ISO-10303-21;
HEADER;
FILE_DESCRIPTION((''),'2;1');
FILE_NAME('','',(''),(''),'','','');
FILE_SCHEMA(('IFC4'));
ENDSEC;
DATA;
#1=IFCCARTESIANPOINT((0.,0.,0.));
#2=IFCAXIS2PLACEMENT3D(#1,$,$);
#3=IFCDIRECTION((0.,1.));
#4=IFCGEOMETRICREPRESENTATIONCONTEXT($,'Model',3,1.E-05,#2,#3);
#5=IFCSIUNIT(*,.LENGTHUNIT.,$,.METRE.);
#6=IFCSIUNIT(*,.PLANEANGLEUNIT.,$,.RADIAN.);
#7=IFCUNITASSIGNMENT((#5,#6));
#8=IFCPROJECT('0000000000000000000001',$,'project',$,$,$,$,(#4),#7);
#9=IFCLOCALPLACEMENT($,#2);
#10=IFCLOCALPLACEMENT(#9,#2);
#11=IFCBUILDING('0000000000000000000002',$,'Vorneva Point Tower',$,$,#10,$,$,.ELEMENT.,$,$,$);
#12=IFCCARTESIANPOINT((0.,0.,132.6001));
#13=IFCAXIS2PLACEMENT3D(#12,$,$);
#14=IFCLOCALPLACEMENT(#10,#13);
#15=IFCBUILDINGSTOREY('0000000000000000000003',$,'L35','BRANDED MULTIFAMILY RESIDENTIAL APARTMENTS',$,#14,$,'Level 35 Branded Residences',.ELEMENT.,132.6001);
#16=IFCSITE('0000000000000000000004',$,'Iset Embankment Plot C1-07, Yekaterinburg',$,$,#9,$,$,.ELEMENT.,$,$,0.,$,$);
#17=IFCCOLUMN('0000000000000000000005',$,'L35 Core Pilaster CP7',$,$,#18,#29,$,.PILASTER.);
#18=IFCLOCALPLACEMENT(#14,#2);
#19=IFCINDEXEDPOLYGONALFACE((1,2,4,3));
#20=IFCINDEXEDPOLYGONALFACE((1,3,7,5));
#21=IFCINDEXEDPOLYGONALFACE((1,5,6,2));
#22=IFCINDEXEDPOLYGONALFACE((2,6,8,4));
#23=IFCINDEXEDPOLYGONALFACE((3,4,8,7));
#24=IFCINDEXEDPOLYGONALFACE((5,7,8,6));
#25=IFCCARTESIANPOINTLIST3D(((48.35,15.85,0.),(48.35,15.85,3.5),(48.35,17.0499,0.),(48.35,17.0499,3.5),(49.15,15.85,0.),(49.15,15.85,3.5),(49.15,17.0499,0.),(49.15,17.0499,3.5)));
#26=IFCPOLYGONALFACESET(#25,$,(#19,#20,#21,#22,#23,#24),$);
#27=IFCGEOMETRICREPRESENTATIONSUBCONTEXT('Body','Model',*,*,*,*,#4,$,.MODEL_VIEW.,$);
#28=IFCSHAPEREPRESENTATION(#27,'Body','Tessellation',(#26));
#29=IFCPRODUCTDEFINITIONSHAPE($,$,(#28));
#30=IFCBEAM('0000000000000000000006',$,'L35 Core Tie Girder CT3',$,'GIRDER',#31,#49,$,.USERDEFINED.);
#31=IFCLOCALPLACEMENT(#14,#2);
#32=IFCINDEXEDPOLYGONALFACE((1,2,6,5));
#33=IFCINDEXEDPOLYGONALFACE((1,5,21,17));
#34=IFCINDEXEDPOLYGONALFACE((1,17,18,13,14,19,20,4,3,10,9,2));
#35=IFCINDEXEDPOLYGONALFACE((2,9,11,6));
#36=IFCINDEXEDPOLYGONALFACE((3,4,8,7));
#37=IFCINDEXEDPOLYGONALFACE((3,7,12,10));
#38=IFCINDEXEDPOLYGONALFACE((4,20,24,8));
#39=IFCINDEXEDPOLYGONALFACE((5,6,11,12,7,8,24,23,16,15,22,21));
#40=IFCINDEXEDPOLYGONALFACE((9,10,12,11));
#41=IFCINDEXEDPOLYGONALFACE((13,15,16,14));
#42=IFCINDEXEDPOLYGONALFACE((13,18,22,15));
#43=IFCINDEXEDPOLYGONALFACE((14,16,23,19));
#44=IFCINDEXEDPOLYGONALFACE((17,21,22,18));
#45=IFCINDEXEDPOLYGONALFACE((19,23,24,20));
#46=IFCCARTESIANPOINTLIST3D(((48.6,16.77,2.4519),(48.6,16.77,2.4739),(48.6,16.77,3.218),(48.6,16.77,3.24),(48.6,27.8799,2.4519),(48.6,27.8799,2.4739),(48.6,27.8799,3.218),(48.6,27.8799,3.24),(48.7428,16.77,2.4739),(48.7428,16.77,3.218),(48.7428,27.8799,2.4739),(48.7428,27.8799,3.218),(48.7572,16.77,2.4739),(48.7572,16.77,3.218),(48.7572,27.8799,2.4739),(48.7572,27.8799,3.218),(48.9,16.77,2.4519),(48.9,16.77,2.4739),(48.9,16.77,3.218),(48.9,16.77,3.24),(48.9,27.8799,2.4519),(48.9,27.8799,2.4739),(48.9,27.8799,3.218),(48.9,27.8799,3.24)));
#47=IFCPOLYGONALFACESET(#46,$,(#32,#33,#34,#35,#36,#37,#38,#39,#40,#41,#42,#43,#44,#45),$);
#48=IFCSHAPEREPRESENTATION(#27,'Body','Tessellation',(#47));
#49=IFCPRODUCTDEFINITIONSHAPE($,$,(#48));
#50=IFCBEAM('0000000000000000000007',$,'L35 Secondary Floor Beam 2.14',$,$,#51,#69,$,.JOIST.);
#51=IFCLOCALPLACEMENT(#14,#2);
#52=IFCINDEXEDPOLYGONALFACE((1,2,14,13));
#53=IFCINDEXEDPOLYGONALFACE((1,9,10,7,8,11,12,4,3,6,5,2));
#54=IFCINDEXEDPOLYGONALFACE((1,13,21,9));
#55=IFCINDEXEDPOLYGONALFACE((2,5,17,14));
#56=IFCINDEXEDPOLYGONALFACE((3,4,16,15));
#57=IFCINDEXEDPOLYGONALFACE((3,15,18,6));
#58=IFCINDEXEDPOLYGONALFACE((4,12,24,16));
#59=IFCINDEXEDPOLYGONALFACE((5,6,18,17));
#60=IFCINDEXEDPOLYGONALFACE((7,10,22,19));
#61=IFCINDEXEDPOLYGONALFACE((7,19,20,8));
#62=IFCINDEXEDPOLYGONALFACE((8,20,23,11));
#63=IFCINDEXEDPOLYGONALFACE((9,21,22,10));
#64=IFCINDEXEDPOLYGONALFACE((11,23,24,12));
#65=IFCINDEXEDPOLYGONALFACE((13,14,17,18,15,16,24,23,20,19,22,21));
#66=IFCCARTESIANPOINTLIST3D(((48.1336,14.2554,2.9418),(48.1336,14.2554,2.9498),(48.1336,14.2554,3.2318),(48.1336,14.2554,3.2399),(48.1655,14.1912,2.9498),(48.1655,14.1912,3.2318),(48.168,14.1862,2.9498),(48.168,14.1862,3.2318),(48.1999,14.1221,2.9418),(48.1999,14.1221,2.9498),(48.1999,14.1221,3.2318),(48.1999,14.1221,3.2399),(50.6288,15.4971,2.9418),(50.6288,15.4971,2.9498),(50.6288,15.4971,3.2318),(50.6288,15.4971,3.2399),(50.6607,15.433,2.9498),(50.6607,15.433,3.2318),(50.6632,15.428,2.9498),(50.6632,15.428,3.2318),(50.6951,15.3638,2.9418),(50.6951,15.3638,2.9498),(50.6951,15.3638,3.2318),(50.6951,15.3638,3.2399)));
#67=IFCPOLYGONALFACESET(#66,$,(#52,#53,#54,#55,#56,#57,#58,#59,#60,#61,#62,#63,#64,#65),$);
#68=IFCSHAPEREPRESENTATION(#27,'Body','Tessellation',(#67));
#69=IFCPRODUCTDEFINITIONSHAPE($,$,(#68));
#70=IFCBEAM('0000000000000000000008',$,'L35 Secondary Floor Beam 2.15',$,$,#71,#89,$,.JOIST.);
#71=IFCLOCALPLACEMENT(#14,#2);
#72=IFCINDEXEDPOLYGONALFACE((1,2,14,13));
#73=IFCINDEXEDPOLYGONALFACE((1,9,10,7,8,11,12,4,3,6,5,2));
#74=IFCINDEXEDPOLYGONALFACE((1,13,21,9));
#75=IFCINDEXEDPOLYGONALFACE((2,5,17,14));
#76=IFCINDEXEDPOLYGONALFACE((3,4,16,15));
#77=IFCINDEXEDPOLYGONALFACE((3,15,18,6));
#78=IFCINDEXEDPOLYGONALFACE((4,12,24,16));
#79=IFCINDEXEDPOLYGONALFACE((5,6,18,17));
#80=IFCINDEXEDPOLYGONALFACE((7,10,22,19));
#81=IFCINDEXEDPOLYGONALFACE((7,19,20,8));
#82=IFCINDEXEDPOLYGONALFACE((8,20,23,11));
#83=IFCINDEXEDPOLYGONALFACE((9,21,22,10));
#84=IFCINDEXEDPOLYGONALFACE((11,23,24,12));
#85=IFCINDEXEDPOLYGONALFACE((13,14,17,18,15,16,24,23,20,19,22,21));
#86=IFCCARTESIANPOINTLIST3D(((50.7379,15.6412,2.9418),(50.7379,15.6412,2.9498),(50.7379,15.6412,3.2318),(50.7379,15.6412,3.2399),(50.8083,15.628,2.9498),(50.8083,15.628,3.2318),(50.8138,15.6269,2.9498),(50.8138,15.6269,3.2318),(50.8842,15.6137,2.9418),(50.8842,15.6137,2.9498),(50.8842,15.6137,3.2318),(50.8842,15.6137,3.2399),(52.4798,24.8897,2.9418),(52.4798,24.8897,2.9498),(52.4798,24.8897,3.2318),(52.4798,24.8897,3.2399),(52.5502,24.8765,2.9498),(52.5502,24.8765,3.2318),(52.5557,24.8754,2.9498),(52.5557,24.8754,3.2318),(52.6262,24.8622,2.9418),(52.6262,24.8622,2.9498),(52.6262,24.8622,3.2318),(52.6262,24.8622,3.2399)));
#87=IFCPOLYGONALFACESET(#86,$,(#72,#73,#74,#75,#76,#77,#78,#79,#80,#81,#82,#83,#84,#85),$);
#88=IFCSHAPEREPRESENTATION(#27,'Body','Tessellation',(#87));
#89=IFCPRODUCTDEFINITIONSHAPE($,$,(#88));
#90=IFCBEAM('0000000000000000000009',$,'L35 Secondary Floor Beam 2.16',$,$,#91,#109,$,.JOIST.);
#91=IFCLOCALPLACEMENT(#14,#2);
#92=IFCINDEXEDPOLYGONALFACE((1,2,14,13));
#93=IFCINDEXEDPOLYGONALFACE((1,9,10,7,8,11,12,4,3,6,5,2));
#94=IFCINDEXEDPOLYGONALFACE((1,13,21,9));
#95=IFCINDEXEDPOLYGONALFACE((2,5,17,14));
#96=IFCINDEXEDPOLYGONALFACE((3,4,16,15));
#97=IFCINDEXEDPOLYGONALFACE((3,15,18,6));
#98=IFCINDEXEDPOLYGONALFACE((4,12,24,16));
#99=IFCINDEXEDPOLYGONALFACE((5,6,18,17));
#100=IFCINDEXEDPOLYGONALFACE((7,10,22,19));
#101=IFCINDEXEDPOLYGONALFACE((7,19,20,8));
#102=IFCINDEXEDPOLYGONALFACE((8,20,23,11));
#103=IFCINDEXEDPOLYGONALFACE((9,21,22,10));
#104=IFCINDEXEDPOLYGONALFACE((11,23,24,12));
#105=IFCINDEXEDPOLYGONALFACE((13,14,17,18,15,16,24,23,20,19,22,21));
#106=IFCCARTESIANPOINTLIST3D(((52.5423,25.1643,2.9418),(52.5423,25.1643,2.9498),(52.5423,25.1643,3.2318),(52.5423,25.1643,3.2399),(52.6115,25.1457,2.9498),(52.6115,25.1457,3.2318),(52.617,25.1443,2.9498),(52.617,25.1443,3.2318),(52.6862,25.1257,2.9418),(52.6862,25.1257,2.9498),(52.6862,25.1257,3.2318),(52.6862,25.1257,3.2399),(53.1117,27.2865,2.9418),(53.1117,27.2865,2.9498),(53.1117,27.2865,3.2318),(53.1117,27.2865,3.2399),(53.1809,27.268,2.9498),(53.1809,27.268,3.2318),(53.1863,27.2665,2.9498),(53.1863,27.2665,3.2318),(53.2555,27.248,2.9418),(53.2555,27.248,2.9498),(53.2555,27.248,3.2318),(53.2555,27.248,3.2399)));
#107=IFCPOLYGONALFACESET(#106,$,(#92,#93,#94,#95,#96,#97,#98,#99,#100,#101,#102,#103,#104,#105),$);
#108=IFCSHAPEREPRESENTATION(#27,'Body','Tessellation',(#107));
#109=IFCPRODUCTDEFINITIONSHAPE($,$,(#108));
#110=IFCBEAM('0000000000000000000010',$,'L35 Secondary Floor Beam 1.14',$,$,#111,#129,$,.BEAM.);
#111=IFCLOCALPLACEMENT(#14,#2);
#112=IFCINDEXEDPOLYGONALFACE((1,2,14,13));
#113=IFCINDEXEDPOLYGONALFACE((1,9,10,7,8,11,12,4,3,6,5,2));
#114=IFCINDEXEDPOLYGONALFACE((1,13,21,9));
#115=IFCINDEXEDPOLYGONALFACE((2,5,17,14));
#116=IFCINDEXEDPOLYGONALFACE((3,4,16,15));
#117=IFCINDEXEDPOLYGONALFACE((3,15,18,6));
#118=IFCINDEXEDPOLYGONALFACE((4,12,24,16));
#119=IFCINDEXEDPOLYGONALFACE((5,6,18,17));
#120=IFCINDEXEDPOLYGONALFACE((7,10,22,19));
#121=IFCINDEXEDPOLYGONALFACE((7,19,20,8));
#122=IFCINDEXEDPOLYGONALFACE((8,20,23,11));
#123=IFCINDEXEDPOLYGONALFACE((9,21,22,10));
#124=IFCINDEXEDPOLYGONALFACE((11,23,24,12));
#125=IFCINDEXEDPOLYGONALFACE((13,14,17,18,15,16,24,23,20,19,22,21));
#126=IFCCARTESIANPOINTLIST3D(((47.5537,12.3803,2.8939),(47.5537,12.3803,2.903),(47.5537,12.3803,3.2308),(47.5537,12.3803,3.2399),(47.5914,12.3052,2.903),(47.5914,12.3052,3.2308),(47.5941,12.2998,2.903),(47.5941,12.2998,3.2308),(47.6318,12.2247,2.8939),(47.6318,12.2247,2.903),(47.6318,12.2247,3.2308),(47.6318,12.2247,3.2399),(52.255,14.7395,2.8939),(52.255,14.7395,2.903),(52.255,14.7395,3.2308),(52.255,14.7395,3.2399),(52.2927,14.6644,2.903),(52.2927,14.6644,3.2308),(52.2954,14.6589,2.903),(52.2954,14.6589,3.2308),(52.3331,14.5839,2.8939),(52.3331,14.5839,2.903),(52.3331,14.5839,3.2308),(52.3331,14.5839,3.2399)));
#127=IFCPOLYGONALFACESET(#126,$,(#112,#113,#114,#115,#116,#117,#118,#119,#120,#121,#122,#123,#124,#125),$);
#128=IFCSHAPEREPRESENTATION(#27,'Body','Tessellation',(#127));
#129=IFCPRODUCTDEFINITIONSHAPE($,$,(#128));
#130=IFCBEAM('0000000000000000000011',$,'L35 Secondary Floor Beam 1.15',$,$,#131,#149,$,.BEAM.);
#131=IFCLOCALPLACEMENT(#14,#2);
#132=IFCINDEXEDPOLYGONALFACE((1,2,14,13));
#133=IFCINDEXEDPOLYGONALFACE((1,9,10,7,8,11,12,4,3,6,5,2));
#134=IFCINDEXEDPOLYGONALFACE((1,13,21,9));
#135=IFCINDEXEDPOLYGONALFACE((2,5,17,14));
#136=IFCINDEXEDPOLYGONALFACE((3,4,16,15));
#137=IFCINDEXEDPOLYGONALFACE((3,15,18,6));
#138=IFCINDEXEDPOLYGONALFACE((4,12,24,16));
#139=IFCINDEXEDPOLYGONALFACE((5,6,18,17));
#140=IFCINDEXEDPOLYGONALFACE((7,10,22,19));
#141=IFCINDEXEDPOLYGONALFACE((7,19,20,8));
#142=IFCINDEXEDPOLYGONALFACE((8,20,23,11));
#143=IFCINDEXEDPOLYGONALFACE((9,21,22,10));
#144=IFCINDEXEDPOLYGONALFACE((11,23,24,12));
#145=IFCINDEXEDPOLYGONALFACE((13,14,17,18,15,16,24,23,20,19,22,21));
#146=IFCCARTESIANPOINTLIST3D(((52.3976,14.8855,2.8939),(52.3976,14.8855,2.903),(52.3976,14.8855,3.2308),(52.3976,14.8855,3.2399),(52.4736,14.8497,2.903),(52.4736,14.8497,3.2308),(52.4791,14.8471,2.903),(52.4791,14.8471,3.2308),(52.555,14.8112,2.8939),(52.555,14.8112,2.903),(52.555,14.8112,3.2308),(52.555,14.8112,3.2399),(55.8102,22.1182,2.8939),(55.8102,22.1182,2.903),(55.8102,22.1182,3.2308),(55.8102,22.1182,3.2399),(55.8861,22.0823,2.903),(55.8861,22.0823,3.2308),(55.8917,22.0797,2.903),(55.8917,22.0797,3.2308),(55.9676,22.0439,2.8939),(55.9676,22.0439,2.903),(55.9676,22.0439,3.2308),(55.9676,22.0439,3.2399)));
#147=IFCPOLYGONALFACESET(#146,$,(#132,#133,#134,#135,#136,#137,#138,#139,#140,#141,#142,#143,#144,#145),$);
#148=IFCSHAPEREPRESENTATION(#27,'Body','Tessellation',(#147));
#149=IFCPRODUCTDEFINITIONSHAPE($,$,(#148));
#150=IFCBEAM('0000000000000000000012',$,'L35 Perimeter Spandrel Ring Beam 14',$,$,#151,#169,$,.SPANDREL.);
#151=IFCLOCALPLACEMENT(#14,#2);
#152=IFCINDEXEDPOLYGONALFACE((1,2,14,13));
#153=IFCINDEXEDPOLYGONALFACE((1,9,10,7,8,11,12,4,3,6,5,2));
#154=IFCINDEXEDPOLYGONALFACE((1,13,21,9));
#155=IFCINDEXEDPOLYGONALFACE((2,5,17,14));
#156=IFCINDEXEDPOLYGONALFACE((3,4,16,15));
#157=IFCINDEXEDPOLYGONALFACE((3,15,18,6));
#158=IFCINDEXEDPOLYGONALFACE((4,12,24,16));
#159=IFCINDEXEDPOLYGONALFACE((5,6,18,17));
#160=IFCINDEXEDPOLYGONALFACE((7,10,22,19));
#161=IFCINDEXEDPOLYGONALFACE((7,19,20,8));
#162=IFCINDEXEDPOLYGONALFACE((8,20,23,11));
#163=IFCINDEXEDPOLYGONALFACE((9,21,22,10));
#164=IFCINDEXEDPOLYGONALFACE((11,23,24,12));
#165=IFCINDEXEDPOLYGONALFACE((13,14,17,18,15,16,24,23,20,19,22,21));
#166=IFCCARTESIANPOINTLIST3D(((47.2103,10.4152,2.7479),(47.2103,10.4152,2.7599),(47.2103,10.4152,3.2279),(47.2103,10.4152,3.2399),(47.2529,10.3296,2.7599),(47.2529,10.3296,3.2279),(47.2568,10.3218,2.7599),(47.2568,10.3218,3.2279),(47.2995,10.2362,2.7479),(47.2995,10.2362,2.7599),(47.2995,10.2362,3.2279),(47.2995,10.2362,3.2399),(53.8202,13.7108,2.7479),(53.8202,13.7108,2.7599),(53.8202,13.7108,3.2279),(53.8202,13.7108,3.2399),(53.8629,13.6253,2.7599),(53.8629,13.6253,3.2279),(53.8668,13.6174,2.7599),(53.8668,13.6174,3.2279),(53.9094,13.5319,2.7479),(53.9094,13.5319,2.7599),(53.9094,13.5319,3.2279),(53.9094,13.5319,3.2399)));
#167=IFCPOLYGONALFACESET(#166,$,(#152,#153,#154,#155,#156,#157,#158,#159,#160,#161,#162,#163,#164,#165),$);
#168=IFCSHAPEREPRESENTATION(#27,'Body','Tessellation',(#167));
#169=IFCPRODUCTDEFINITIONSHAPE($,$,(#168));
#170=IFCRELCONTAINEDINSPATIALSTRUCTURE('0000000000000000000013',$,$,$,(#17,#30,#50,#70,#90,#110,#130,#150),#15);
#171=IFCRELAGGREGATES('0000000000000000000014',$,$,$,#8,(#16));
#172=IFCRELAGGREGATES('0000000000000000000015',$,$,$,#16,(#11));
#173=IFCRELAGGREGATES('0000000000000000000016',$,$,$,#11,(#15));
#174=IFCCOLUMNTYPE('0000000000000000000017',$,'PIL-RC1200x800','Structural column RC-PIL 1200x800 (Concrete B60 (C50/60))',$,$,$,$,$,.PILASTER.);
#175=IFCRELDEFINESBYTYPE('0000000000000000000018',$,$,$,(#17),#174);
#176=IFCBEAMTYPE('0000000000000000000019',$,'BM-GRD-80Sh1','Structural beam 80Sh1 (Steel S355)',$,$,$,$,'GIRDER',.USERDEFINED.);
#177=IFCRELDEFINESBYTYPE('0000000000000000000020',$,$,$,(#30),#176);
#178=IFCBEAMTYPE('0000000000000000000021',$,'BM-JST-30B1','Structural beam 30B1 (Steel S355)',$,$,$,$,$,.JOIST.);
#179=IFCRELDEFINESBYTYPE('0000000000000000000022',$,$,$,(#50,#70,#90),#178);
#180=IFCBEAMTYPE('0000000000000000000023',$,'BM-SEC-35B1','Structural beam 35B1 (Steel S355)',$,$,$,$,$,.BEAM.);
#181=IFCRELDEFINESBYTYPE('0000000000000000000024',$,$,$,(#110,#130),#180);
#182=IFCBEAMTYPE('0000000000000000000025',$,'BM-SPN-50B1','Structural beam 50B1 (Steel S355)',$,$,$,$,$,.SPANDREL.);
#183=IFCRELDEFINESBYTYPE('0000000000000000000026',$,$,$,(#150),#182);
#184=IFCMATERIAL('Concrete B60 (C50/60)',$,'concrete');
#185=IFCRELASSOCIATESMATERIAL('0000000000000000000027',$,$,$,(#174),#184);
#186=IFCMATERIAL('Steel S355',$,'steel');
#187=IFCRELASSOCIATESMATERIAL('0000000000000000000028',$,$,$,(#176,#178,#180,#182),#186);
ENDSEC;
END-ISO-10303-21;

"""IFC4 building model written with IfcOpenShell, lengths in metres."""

from ifc_helpers import new_model, si_unit, direction, frame, origin, origin_2d, place, context, subcontext, project, spatial, rectangle, i_section, extrude, material, material_profile, profile_set, type_object, element, save


model = new_model("IFC4")

# Units and contexts
model_context = context("Model", 3, precision=1e-05, world=origin(), true_north=direction((0.0, 1.0)))
body_context = subcontext(model_context, "Body", "Model", "MODEL_VIEW")
ifc_project = project(units=[si_unit("LENGTHUNIT", "METRE"), si_unit("PLANEANGLEUNIT", "RADIAN")], contexts=[model_context])

# Site, building, storey
site_placement = place(None, origin())
site = spatial("IfcSite", under=ifc_project, at=site_placement, Name="Iset Embankment Plot C1-07, Yekaterinburg", CompositionType="ELEMENT", RefElevation=0.0)
building_placement = place(site_placement, origin())
building = spatial("IfcBuilding", under=site, at=building_placement, Name="Vorneva Point Tower", CompositionType="ELEMENT")
storey_placement = place(building_placement, frame((0.0, 0.0, 132.6001)))
storey = spatial("IfcBuildingStorey", under=building, at=storey_placement, Name="L35", Description="BRANDED MULTIFAMILY RESIDENTIAL APARTMENTS", LongName="Level 35 Branded Residences", CompositionType="ELEMENT", Elevation=132.6001)

# Column
ifc_material_1 = material(Name="Concrete B60 (C50/60)", Category="concrete")
ifc_material_profile_1 = material_profile(ifc_material_1, rectangle(XDim=0.8, YDim=1.2, at=origin_2d()), Name="RC-PIL 1200x800")
ifc_profile_set_1 = profile_set([ifc_material_profile_1], Name="Concrete B60 (C50/60)")
column_type = type_object("IfcColumnType", Name="PIL-RC1200x800", Description="Structural column RC-PIL 1200x800 (Concrete B60 (C50/60))", PredefinedType="PILASTER", material=ifc_profile_set_1)
column_placement = place(storey_placement, frame((48.75, 16.45, 0.0), z_axis=(0.0, 0.0, 1.0), x_axis=(1.0, 0.0, 0.0)))
element("IfcColumn", 1, at=column_placement, inside=storey, type_object=column_type, Name="L35 Core Pilaster CP7", PredefinedType="PILASTER", context=body_context, shape_type="SweptSolid", body=[
    extrude(rectangle(XDim=0.8, YDim=1.2, at=origin_2d()), origin(), (0.0, 0.0, 1.0), 3.5),
])

# Beams
ifc_material_2 = material(Name="Steel S355", Category="steel")
ifc_material_profile_2 = material_profile(ifc_material_2, i_section(OverallWidth=0.3, OverallDepth=0.7881, WebThickness=0.0144, FlangeThickness=0.022, at=origin_2d()), Name="80Sh1")
ifc_profile_set_2 = profile_set([ifc_material_profile_2], Name="Steel S355")
beam_type_1 = type_object("IfcBeamType", Name="BM-GRD-80Sh1", Description="Structural beam 80Sh1 (Steel S355)", ElementType="GIRDER", PredefinedType="USERDEFINED", material=ifc_profile_set_2)
beam_1_placement = place(storey_placement, frame((48.75, 16.77, 2.8459), z_axis=(0.0, 1.0, 0.0), x_axis=(-1.0, 0.0, 0.0)))
element("IfcBeam", 2, at=beam_1_placement, inside=storey, type_object=beam_type_1, Name="L35 Core Tie Girder CT3", ObjectType="GIRDER", PredefinedType="USERDEFINED", context=body_context, shape_type="SweptSolid", body=[
    extrude(i_section(OverallWidth=0.3, OverallDepth=0.7881, WebThickness=0.0144, FlangeThickness=0.022, at=origin_2d()), origin(), (0.0, 0.0, 1.0), 11.1099),
])
ifc_material_profile_3 = material_profile(ifc_material_2, i_section(OverallWidth=0.1489, OverallDepth=0.2981, WebThickness=0.0056, FlangeThickness=0.0081, at=origin_2d()), Name="30B1")
ifc_profile_set_3 = profile_set([ifc_material_profile_3], Name="Steel S355")
beam_type_2 = type_object("IfcBeamType", Name="BM-JST-30B1", Description="Structural beam 30B1 (Steel S355)", PredefinedType="JOIST", material=ifc_profile_set_3)
beam_2_placement = place(storey_placement, frame((48.1667, 14.1887, 3.0908), z_axis=(0.895267, 0.445531, 0.0), x_axis=(-0.445531, 0.895267, 0.0)))
element("IfcBeam", 3, at=beam_2_placement, inside=storey, type_object=beam_type_2, Name="L35 Secondary Floor Beam 2.14", PredefinedType="JOIST", context=body_context, shape_type="SweptSolid", body=[
    extrude(i_section(OverallWidth=0.1489, OverallDepth=0.2981, WebThickness=0.0056, FlangeThickness=0.0081, at=origin_2d()), origin(), (0.0, 0.0, 1.0), 2.7871),
])
beam_3_placement = place(storey_placement, frame((50.811, 15.6274, 3.0908), z_axis=(0.185094, 0.982721, 0.0), x_axis=(-0.982721, 0.185094, 0.0)))
element("IfcBeam", 4, at=beam_3_placement, inside=storey, type_object=beam_type_2, Name="L35 Secondary Floor Beam 2.15", PredefinedType="JOIST", context=body_context, shape_type="SweptSolid", body=[
    extrude(i_section(OverallWidth=0.1489, OverallDepth=0.2981, WebThickness=0.0056, FlangeThickness=0.0081, at=origin_2d()), origin(), (0.0, 0.0, 1.0), 9.4111),
])
beam_4_placement = place(storey_placement, frame((52.6143, 25.145, 3.0908), z_axis=(0.259101, 0.96585, 0.0), x_axis=(-0.96585, 0.259101, 0.0)))
element("IfcBeam", 5, at=beam_4_placement, inside=storey, type_object=beam_type_2, Name="L35 Secondary Floor Beam 2.16", PredefinedType="JOIST", context=body_context, shape_type="SweptSolid", body=[
    extrude(i_section(OverallWidth=0.1489, OverallDepth=0.2981, WebThickness=0.0056, FlangeThickness=0.0081, at=origin_2d()), origin(), (0.0, 0.0, 1.0), 2.1973),
])
ifc_material_profile_4 = material_profile(ifc_material_2, i_section(OverallWidth=0.1741, OverallDepth=0.3459, WebThickness=0.0061, FlangeThickness=0.009, at=origin_2d()), Name="35B1")
ifc_profile_set_4 = profile_set([ifc_material_profile_4], Name="Steel S355")
beam_type_3 = type_object("IfcBeamType", Name="BM-SEC-35B1", Description="Structural beam 35B1 (Steel S355)", PredefinedType="BEAM", material=ifc_profile_set_4)
beam_5_placement = place(storey_placement, frame((47.5928, 12.3025, 3.0669), z_axis=(0.893776, 0.448513, 0.0), x_axis=(-0.448513, 0.893776, 0.0)))
element("IfcBeam", 6, at=beam_5_placement, inside=storey, type_object=beam_type_3, Name="L35 Secondary Floor Beam 1.14", PredefinedType="BEAM", context=body_context, shape_type="SweptSolid", body=[
    extrude(i_section(OverallWidth=0.1741, OverallDepth=0.3459, WebThickness=0.0061, FlangeThickness=0.009, at=origin_2d()), origin(), (0.0, 0.0, 1.0), 5.26),
])
beam_6_placement = place(storey_placement, frame((52.4763, 14.8484, 3.0669), z_axis=(0.426717, 0.904385, 0.0), x_axis=(-0.904385, 0.426717, 0.0)))
element("IfcBeam", 7, at=beam_6_placement, inside=storey, type_object=beam_type_3, Name="L35 Secondary Floor Beam 1.15", PredefinedType="BEAM", context=body_context, shape_type="SweptSolid", body=[
    extrude(i_section(OverallWidth=0.1741, OverallDepth=0.3459, WebThickness=0.0061, FlangeThickness=0.009, at=origin_2d()), origin(), (0.0, 0.0, 1.0), 7.9973),
])
ifc_material_profile_5 = material_profile(ifc_material_2, i_section(OverallWidth=0.2, OverallDepth=0.4919, WebThickness=0.0088, FlangeThickness=0.012, at=origin_2d()), Name="50B1")
ifc_profile_set_5 = profile_set([ifc_material_profile_5], Name="Steel S355")
beam_type_4 = type_object("IfcBeamType", Name="BM-SPN-50B1", Description="Structural beam 50B1 (Steel S355)", PredefinedType="SPANDREL", material=ifc_profile_set_5)
beam_7_placement = place(storey_placement, frame((47.2549, 10.3257, 2.9939), z_axis=(0.894929, 0.446208, 0.0), x_axis=(-0.446208, 0.894929, 0.0)))
element("IfcBeam", 8, at=beam_7_placement, inside=storey, type_object=beam_type_4, Name="L35 Perimeter Spandrel Ring Beam 14", PredefinedType="SPANDREL", context=body_context, shape_type="SweptSolid", body=[
    extrude(i_section(OverallWidth=0.2, OverallDepth=0.4919, WebThickness=0.0088, FlangeThickness=0.012, at=origin_2d()), origin(), (0.0, 0.0, 1.0), 7.386),
])

save(model, "model.ifc")
